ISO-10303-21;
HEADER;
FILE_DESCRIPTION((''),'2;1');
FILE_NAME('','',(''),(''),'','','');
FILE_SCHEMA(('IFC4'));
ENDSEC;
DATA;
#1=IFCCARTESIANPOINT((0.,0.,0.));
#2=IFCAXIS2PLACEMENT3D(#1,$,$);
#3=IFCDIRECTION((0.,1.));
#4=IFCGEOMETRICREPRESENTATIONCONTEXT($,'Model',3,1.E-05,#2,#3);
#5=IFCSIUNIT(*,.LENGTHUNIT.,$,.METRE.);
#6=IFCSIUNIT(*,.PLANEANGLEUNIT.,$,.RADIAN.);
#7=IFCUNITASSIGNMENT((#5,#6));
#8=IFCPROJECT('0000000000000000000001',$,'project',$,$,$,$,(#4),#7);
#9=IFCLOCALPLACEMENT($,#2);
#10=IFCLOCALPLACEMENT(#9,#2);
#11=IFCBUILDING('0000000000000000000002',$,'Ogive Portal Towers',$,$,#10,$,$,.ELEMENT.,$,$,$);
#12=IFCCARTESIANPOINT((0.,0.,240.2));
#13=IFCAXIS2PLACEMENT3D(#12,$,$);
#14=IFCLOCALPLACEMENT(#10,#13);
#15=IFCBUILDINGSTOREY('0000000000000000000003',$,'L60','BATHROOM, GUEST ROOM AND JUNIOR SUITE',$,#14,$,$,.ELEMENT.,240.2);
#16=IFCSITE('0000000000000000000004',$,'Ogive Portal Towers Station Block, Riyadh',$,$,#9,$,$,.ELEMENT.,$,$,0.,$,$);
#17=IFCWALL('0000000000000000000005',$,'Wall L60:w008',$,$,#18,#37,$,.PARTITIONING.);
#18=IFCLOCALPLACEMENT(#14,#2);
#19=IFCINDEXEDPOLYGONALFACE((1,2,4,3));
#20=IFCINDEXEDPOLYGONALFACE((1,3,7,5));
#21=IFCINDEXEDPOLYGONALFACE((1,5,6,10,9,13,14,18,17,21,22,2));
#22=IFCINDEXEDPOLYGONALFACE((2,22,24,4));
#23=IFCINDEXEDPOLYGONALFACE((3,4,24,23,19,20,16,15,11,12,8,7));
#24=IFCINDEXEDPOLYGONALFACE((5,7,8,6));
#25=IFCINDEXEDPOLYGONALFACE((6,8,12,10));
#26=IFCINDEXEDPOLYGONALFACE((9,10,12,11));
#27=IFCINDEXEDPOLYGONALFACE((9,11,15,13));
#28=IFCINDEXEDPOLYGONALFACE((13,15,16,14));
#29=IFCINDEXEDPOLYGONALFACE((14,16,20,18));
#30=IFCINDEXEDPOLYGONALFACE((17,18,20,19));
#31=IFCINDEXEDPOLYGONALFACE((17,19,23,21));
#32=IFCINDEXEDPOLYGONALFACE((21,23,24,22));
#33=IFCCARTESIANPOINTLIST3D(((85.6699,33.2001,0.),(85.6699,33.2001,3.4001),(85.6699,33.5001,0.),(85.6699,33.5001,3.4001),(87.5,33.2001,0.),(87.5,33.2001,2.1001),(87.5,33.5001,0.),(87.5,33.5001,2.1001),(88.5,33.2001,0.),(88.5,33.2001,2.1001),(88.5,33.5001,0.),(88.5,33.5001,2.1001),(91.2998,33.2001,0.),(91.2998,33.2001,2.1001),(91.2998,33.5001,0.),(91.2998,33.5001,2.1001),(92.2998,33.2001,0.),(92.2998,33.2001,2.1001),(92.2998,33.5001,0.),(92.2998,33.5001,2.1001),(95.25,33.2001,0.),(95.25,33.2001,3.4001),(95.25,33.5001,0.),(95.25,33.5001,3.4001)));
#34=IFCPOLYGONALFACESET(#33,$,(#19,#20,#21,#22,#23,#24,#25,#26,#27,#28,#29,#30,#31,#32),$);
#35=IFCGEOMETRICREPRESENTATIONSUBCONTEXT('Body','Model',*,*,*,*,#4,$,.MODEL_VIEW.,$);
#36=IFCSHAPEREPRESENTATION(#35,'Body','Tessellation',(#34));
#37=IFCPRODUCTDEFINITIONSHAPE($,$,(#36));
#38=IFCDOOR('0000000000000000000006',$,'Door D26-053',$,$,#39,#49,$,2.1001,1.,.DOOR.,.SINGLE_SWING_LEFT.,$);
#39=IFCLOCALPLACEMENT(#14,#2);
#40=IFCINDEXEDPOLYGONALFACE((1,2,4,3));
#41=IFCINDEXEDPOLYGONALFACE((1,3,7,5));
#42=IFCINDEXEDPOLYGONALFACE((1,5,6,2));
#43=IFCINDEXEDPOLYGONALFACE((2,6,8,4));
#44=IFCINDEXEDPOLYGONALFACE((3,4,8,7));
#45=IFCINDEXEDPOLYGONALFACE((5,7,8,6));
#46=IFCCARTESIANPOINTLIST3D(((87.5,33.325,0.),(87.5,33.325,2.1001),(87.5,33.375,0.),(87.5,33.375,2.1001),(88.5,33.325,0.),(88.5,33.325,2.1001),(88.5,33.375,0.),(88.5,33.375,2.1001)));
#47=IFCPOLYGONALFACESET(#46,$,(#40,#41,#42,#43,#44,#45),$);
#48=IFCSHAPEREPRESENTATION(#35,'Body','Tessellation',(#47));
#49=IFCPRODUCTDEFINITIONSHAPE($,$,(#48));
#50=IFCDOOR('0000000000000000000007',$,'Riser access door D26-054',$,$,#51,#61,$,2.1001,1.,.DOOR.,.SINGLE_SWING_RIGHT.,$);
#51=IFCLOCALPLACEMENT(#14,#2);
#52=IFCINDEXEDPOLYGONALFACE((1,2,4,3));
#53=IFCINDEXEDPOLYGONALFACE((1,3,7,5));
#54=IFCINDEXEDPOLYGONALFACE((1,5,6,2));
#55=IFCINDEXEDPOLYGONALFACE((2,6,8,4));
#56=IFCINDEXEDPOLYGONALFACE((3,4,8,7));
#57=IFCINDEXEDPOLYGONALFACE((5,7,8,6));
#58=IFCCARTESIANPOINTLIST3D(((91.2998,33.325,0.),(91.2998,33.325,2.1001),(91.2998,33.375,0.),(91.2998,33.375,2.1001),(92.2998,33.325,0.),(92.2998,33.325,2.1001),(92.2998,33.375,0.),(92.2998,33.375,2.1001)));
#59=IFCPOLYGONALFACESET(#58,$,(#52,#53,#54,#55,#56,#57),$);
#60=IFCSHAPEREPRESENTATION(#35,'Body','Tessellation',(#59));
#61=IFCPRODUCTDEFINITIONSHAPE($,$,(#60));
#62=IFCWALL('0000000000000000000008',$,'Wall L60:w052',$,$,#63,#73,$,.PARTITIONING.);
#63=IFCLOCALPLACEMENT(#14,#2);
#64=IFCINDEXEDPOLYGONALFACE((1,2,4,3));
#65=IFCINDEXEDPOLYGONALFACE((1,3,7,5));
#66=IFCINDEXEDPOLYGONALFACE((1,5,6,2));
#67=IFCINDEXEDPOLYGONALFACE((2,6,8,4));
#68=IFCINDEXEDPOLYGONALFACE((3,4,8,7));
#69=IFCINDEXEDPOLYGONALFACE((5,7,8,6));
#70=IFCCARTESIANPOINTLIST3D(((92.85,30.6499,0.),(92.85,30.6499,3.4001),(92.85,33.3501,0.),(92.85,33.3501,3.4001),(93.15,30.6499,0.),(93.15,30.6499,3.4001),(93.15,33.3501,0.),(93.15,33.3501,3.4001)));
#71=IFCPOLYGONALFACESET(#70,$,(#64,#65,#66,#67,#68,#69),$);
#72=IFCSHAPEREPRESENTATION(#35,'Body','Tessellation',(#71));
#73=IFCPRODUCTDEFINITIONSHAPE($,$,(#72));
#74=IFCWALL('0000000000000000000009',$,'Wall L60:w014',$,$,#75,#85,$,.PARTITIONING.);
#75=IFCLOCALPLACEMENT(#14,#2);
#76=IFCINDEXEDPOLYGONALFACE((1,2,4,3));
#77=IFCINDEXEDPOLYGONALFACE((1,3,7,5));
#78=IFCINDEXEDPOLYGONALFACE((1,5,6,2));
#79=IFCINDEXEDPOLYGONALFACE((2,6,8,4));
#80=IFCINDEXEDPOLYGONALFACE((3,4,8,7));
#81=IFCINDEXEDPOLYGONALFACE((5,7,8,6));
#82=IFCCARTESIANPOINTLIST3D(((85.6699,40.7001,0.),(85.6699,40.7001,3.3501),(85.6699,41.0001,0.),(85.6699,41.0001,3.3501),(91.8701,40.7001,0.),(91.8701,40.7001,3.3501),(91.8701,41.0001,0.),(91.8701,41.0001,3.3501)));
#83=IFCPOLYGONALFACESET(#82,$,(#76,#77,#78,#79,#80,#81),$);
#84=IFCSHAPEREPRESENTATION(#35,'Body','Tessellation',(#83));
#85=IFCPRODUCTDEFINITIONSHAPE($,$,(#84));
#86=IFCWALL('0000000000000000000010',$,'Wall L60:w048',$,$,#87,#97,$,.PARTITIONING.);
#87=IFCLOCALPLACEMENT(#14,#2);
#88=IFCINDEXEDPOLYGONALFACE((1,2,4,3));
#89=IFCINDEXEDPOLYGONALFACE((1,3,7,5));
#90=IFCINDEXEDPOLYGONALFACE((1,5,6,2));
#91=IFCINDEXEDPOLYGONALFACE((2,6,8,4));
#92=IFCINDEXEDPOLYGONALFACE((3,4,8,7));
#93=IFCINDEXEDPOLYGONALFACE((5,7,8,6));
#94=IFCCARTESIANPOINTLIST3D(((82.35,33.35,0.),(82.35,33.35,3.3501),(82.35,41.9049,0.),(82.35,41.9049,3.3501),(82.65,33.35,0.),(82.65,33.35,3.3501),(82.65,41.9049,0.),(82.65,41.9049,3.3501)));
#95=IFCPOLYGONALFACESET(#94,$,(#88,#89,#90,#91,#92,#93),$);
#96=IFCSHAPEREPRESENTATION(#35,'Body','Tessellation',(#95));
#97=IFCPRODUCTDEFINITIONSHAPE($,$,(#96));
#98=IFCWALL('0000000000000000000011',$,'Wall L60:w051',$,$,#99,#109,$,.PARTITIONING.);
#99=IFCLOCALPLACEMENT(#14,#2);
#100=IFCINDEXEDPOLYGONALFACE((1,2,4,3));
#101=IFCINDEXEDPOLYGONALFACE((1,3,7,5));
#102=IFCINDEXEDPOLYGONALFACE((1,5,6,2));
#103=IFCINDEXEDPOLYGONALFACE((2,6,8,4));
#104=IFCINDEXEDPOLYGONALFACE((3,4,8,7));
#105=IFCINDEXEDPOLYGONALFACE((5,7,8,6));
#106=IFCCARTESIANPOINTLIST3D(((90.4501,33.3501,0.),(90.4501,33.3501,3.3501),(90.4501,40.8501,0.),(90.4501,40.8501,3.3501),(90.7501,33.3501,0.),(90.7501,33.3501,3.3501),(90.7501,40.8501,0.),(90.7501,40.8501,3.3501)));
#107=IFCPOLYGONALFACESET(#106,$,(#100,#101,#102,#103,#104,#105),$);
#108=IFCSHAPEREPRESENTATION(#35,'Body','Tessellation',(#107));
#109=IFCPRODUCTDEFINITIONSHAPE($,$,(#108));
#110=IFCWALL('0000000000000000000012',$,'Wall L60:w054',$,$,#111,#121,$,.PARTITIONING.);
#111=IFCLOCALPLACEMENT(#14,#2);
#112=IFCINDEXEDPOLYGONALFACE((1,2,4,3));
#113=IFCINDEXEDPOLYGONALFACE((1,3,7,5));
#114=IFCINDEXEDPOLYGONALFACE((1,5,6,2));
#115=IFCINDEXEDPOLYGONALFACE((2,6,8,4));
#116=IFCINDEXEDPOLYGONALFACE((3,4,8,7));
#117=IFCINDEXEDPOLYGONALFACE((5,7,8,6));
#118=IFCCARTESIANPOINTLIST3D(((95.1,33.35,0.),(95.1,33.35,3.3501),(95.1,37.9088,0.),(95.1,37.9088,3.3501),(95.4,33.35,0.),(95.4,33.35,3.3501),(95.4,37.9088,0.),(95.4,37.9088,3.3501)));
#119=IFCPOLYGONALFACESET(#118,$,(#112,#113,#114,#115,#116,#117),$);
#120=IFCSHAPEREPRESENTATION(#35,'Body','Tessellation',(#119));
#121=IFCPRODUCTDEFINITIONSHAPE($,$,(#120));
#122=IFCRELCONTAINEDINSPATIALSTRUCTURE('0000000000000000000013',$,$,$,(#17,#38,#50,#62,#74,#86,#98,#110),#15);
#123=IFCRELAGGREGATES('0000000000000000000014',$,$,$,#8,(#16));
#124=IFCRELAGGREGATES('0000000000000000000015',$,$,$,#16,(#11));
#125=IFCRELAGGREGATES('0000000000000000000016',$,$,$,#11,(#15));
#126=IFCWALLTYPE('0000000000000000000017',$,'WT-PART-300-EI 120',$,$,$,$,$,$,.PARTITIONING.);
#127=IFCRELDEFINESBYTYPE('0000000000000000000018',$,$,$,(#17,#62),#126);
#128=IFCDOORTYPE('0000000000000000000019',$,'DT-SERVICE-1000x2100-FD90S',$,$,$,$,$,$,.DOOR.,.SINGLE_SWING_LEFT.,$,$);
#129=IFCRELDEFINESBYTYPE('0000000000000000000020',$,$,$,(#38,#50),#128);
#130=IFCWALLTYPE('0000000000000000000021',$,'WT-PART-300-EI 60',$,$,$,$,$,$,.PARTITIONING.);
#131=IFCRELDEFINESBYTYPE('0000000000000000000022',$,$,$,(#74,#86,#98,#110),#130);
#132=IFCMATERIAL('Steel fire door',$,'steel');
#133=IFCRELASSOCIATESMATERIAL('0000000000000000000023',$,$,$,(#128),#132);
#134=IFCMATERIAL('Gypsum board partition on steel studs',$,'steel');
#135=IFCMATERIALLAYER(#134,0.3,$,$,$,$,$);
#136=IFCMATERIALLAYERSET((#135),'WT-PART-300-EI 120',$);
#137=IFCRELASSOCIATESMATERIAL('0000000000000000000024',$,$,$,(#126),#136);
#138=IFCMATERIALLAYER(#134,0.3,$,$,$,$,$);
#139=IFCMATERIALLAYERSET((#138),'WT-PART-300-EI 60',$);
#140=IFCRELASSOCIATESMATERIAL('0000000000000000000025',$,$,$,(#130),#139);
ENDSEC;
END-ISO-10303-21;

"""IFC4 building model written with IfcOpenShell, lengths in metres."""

from ifc_helpers import new_model, si_unit, direction, frame, frame_2d, origin, place, context, subcontext, project, spatial, rectangle, extrude, material, layer, layer_set, type_object, element, fill, save


model = new_model("IFC4")

# Units and contexts
model_context = context("Model", 3, precision=1e-05, world=origin(), true_north=direction((0.0, 1.0)))
body_context = subcontext(model_context, "Body", "Model", "MODEL_VIEW")
ifc_project = project(units=[si_unit("LENGTHUNIT", "METRE"), si_unit("PLANEANGLEUNIT", "RADIAN")], contexts=[model_context])

# Site, building, storey
site_placement = place(None, origin())
site = spatial("IfcSite", under=ifc_project, at=site_placement, Name="Ogive Portal Towers Station Block, Riyadh", CompositionType="ELEMENT", RefElevation=0.0)
building_placement = place(site_placement, origin())
building = spatial("IfcBuilding", under=site, at=building_placement, Name="Ogive Portal Towers", CompositionType="ELEMENT")
storey_placement = place(building_placement, frame((0.0, 0.0, 240.2)))
storey = spatial("IfcBuildingStorey", under=building, at=storey_placement, Name="L60", Description="BATHROOM, GUEST ROOM AND JUNIOR SUITE", CompositionType="ELEMENT", Elevation=240.2)

# Wall, openings, doors
ifc_material_1 = material(Name="Steel fire door", Category="steel")
door_type_1 = type_object("IfcDoorType", Name="DT-SERVICE-1000x2100-FD90S", OperationType="SINGLE_SWING_LEFT", PredefinedType="DOOR", material=ifc_material_1)
ifc_material_2 = material(Name="Gypsum board partition on steel studs", Category="steel")
ifc_layer_1 = layer(ifc_material_2, 0.3)
ifc_layer_set_1 = layer_set([ifc_layer_1], Name="WT-PART-300-EI 120")
wall_type_1 = type_object("IfcWallType", Name="WT-PART-300-EI 120", PredefinedType="PARTITIONING", material=ifc_layer_set_1)
wall_1_placement = place(storey_placement, frame((85.6699, 33.3501, 0.0), z_axis=(0.0, 0.0, 1.0), x_axis=(1.0, 0.0, 0.0)))
wall_1 = element("IfcWall", 1, at=wall_1_placement, inside=storey, type_object=wall_type_1, Name="Wall L60:w008", PredefinedType="PARTITIONING", context=body_context, shape_type="SweptSolid", body=[
    extrude(rectangle(XDim=9.5801, YDim=0.3, at=frame_2d((4.79, 0.0))), origin(), (0.0, 0.0, 1.0), 3.4001),
])
opening_1_placement = place(wall_1_placement, frame((1.8301, 0.0, 0.0)))
opening_1 = element("IfcOpeningElement", 2, at=opening_1_placement, cuts=wall_1, PredefinedType="OPENING", context=body_context, shape_type="SweptSolid", body=[
    extrude(rectangle(XDim=1.0, YDim=2.1001, at=frame_2d((0.5, 1.05))), frame((0.0, 0.1602, 0.0), z_axis=(0.0, -1.0, 0.0), x_axis=(1.0, 0.0, 0.0)), (0.0, 0.0, 1.0), 0.3201),
])
opening_2_placement = place(wall_1_placement, frame((5.6299, 0.0, 0.0)))
opening_2 = element("IfcOpeningElement", 3, at=opening_2_placement, cuts=wall_1, PredefinedType="OPENING", context=body_context, shape_type="SweptSolid", body=[
    extrude(rectangle(XDim=1.0, YDim=2.1001, at=frame_2d((0.5, 1.05))), frame((0.0, 0.1602, 0.0), z_axis=(0.0, -1.0, 0.0), x_axis=(1.0, 0.0, 0.0)), (0.0, 0.0, 1.0), 0.3201),
])
door_1_placement = place(opening_1_placement, origin())
door_1 = element("IfcDoor", 4, at=door_1_placement, inside=storey, type_object=door_type_1, Name="Door D26-053", OperationType="SINGLE_SWING_LEFT", OverallHeight=2.1001, OverallWidth=1.0, PredefinedType="DOOR", context=body_context, shape_type="SweptSolid", body=[
    extrude(rectangle(XDim=1.0, YDim=2.1001, at=frame_2d((0.5, 1.05))), frame((0.0, 0.0249, 0.0), z_axis=(0.0, -1.0, 0.0), x_axis=(1.0, 0.0, 0.0)), (0.0, 0.0, 1.0), 0.05),
])
fill(opening_1, door_1)
door_2_placement = place(opening_2_placement, origin())
door_2 = element("IfcDoor", 5, at=door_2_placement, inside=storey, type_object=door_type_1, Name="Riser access door D26-054", OperationType="SINGLE_SWING_RIGHT", OverallHeight=2.1001, OverallWidth=1.0, PredefinedType="DOOR", context=body_context, shape_type="SweptSolid", body=[
    extrude(rectangle(XDim=1.0, YDim=2.1001, at=frame_2d((0.5, 1.05))), frame((0.0, 0.0249, 0.0), z_axis=(0.0, -1.0, 0.0), x_axis=(1.0, 0.0, 0.0)), (0.0, 0.0, 1.0), 0.05),
])
fill(opening_2, door_2)

# Walls
wall_2_placement = place(storey_placement, frame((93.0, 30.6499, 0.0), z_axis=(0.0, 0.0, 1.0), x_axis=(0.0, 1.0, 0.0)))
element("IfcWall", 6, at=wall_2_placement, inside=storey, type_object=wall_type_1, Name="Wall L60:w052", PredefinedType="PARTITIONING", context=body_context, shape_type="SweptSolid", body=[
    extrude(rectangle(XDim=2.7002, YDim=0.3, at=frame_2d((1.3501, 0.0))), origin(), (0.0, 0.0, 1.0), 3.4001),
])
ifc_layer_2 = layer(ifc_material_2, 0.3)
ifc_layer_set_2 = layer_set([ifc_layer_2], Name="WT-PART-300-EI 60")
wall_type_2 = type_object("IfcWallType", Name="WT-PART-300-EI 60", PredefinedType="PARTITIONING", material=ifc_layer_set_2)
wall_3_placement = place(storey_placement, frame((85.6699, 40.8501, 0.0), z_axis=(0.0, 0.0, 1.0), x_axis=(1.0, 0.0, 0.0)))
element("IfcWall", 7, at=wall_3_placement, inside=storey, type_object=wall_type_2, Name="Wall L60:w014", PredefinedType="PARTITIONING", context=body_context, shape_type="SweptSolid", body=[
    extrude(rectangle(XDim=6.2002, YDim=0.3, at=frame_2d((3.1001, 0.0))), origin(), (0.0, 0.0, 1.0), 3.3501),
])
wall_4_placement = place(storey_placement, frame((82.5, 33.3501, 0.0), z_axis=(0.0, 0.0, 1.0), x_axis=(0.0, 1.0, 0.0)))
element("IfcWall", 8, at=wall_4_placement, inside=storey, type_object=wall_type_2, Name="Wall L60:w048", PredefinedType="PARTITIONING", context=body_context, shape_type="SweptSolid", body=[
    extrude(rectangle(XDim=8.5549, YDim=0.3, at=frame_2d((4.2773, 0.0))), origin(), (0.0, 0.0, 1.0), 3.3501),
])
wall_5_placement = place(storey_placement, frame((90.6001, 33.3501, 0.0), z_axis=(0.0, 0.0, 1.0), x_axis=(0.0, 1.0, 0.0)))
element("IfcWall", 9, at=wall_5_placement, inside=storey, type_object=wall_type_2, Name="Wall L60:w051", PredefinedType="PARTITIONING", context=body_context, shape_type="SweptSolid", body=[
    extrude(rectangle(XDim=7.5, YDim=0.3, at=frame_2d((3.75, 0.0))), origin(), (0.0, 0.0, 1.0), 3.3501),
])
wall_6_placement = place(storey_placement, frame((95.25, 33.3501, 0.0), z_axis=(0.0, 0.0, 1.0), x_axis=(0.0, 1.0, 0.0)))
element("IfcWall", 10, at=wall_6_placement, inside=storey, type_object=wall_type_2, Name="Wall L60:w054", PredefinedType="PARTITIONING", context=body_context, shape_type="SweptSolid", body=[
    extrude(rectangle(XDim=4.5588, YDim=0.3, at=frame_2d((2.2793, 0.0))), origin(), (0.0, 0.0, 1.0), 3.3501),
])

save(model, "model.ifc")
